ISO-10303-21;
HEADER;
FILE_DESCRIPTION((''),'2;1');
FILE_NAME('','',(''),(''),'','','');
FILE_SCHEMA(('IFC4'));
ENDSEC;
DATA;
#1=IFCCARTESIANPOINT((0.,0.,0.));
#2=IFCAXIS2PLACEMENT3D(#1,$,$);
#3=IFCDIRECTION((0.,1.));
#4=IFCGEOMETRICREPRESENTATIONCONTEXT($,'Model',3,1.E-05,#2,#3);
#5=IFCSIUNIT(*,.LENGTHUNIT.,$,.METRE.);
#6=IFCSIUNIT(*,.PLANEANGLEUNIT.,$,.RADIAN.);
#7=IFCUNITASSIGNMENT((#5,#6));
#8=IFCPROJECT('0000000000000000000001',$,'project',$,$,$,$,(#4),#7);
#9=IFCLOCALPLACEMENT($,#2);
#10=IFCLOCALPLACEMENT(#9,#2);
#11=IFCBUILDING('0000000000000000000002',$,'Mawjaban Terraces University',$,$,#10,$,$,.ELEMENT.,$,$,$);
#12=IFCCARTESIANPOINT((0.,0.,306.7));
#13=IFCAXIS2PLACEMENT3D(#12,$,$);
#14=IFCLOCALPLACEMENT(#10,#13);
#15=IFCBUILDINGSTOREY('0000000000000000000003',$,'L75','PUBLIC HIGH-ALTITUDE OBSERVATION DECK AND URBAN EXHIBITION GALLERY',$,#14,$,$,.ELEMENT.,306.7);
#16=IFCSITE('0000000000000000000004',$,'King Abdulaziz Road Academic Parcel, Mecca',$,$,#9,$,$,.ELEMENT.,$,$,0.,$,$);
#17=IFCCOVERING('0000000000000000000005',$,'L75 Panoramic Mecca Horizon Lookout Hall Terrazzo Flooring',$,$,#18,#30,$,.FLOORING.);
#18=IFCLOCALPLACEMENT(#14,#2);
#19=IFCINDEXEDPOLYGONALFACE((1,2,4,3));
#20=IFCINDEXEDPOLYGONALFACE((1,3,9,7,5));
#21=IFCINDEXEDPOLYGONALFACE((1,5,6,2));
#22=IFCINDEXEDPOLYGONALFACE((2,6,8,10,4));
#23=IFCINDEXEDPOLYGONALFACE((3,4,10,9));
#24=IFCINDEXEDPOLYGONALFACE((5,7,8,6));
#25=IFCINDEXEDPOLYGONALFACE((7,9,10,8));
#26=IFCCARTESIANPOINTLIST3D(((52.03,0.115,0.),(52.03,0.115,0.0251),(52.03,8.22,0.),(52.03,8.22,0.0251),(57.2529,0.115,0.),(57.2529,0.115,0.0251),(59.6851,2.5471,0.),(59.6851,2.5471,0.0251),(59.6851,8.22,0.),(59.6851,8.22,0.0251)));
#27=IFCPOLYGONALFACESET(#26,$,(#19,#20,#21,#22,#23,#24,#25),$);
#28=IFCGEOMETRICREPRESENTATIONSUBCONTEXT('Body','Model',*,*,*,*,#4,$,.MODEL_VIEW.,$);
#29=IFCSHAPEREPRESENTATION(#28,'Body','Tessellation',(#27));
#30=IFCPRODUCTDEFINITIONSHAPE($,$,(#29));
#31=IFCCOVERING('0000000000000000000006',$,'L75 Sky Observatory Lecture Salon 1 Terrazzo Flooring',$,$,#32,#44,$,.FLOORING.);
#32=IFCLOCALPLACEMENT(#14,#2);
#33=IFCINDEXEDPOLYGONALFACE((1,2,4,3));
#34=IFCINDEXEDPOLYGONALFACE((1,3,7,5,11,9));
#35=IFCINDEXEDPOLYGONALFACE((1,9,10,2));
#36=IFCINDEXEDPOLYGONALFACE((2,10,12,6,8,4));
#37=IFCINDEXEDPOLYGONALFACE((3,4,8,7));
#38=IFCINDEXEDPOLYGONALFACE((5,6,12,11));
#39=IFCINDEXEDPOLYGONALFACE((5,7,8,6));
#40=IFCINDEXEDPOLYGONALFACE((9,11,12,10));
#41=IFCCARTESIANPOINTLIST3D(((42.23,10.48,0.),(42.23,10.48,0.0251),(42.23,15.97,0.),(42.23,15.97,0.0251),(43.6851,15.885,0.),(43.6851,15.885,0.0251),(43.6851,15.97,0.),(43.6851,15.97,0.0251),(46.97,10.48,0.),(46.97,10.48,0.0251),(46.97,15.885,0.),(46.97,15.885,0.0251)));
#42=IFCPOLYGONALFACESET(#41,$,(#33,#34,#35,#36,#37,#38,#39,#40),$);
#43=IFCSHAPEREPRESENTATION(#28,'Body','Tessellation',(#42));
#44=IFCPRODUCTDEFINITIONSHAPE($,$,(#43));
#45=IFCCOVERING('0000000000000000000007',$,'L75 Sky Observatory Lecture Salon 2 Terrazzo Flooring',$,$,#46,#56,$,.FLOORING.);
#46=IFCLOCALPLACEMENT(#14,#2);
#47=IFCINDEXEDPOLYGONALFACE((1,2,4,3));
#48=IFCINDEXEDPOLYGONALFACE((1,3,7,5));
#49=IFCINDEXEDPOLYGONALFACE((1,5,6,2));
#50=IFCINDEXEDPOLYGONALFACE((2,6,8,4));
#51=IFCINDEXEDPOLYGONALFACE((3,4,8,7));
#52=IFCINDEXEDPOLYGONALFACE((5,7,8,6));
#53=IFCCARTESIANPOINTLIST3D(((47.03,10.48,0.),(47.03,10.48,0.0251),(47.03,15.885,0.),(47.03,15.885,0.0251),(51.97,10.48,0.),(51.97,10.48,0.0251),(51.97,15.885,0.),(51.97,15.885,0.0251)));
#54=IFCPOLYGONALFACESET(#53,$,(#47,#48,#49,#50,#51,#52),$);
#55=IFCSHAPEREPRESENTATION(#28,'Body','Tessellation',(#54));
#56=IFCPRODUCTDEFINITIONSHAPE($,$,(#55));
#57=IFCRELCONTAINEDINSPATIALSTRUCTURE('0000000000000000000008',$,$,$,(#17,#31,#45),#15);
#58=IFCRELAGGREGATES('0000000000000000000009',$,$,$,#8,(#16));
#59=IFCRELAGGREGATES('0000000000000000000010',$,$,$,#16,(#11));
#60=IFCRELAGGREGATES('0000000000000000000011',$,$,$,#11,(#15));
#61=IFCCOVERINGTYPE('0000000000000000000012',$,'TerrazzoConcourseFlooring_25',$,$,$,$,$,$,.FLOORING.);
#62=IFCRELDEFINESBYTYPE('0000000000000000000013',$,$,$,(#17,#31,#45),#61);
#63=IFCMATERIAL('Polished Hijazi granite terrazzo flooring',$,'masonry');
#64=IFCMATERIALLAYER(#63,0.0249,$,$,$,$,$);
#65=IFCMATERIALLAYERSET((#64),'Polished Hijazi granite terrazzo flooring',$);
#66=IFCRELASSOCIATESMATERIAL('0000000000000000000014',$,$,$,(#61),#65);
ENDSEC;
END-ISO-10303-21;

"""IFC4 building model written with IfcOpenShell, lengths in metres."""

from ifc_helpers import new_model, si_unit, direction, frame, origin, place, context, subcontext, project, spatial, polyline, outline, extrude, material, layer, layer_set, type_object, element, save


model = new_model("IFC4")

# Units and contexts
model_context = context("Model", 3, precision=1e-05, world=origin(), true_north=direction((0.0, 1.0)))
body_context = subcontext(model_context, "Body", "Model", "MODEL_VIEW")
ifc_project = project(units=[si_unit("LENGTHUNIT", "METRE"), si_unit("PLANEANGLEUNIT", "RADIAN")], contexts=[model_context])

# Site, building, storey
site_placement = place(None, origin())
site = spatial("IfcSite", under=ifc_project, at=site_placement, Name="King Abdulaziz Road Academic Parcel, Mecca", CompositionType="ELEMENT", RefElevation=0.0)
building_placement = place(site_placement, origin())
building = spatial("IfcBuilding", under=site, at=building_placement, Name="Mawjaban Terraces University", CompositionType="ELEMENT")
storey_placement = place(building_placement, frame((0.0, 0.0, 306.7)))
storey = spatial("IfcBuildingStorey", under=building, at=storey_placement, Name="L75", Description="PUBLIC HIGH-ALTITUDE OBSERVATION DECK AND URBAN EXHIBITION GALLERY", CompositionType="ELEMENT", Elevation=306.7)

# Coverings
ifc_material_1 = material(Name="Polished Hijazi granite terrazzo flooring", Category="masonry")
ifc_layer_1 = layer(ifc_material_1, 0.0249)
ifc_layer_set_1 = layer_set([ifc_layer_1], Name="Polished Hijazi granite terrazzo flooring")
covering_type_1 = type_object("IfcCoveringType", Name="TerrazzoConcourseFlooring_25", PredefinedType="FLOORING", material=ifc_layer_set_1)
covering_1_placement = place(storey_placement, origin())
element("IfcCovering", 1, at=covering_1_placement, inside=storey, type_object=covering_type_1, Name="L75 Panoramic Mecca Horizon Lookout Hall Terrazzo Flooring", PredefinedType="FLOORING", context=body_context, shape_type="SweptSolid", body=[
    extrude(outline(polyline([(52.03, 8.22), (52.03, 0.115), (57.2529, 0.115), (59.6851, 2.5471), (59.6851, 8.22), (52.03, 8.22)])), origin(), (0.0, 0.0, 1.0), 0.0251),
])
covering_2_placement = place(storey_placement, origin())
element("IfcCovering", 2, at=covering_2_placement, inside=storey, type_object=covering_type_1, Name="L75 Sky Observatory Lecture Salon 1 Terrazzo Flooring", PredefinedType="FLOORING", context=body_context, shape_type="SweptSolid", body=[
    extrude(outline(polyline([(46.97, 15.885), (43.6851, 15.885), (43.6851, 15.97), (42.23, 15.97), (42.23, 10.48), (46.97, 10.48), (46.97, 15.885)])), origin(), (0.0, 0.0, 1.0), 0.0251),
])
covering_3_placement = place(storey_placement, origin())
element("IfcCovering", 3, at=covering_3_placement, inside=storey, type_object=covering_type_1, Name="L75 Sky Observatory Lecture Salon 2 Terrazzo Flooring", PredefinedType="FLOORING", context=body_context, shape_type="SweptSolid", body=[
    extrude(outline(polyline([(51.97, 15.885), (47.03, 15.885), (47.03, 10.48), (51.97, 10.48), (51.97, 15.885)])), origin(), (0.0, 0.0, 1.0), 0.0251),
])

save(model, "model.ifc")
